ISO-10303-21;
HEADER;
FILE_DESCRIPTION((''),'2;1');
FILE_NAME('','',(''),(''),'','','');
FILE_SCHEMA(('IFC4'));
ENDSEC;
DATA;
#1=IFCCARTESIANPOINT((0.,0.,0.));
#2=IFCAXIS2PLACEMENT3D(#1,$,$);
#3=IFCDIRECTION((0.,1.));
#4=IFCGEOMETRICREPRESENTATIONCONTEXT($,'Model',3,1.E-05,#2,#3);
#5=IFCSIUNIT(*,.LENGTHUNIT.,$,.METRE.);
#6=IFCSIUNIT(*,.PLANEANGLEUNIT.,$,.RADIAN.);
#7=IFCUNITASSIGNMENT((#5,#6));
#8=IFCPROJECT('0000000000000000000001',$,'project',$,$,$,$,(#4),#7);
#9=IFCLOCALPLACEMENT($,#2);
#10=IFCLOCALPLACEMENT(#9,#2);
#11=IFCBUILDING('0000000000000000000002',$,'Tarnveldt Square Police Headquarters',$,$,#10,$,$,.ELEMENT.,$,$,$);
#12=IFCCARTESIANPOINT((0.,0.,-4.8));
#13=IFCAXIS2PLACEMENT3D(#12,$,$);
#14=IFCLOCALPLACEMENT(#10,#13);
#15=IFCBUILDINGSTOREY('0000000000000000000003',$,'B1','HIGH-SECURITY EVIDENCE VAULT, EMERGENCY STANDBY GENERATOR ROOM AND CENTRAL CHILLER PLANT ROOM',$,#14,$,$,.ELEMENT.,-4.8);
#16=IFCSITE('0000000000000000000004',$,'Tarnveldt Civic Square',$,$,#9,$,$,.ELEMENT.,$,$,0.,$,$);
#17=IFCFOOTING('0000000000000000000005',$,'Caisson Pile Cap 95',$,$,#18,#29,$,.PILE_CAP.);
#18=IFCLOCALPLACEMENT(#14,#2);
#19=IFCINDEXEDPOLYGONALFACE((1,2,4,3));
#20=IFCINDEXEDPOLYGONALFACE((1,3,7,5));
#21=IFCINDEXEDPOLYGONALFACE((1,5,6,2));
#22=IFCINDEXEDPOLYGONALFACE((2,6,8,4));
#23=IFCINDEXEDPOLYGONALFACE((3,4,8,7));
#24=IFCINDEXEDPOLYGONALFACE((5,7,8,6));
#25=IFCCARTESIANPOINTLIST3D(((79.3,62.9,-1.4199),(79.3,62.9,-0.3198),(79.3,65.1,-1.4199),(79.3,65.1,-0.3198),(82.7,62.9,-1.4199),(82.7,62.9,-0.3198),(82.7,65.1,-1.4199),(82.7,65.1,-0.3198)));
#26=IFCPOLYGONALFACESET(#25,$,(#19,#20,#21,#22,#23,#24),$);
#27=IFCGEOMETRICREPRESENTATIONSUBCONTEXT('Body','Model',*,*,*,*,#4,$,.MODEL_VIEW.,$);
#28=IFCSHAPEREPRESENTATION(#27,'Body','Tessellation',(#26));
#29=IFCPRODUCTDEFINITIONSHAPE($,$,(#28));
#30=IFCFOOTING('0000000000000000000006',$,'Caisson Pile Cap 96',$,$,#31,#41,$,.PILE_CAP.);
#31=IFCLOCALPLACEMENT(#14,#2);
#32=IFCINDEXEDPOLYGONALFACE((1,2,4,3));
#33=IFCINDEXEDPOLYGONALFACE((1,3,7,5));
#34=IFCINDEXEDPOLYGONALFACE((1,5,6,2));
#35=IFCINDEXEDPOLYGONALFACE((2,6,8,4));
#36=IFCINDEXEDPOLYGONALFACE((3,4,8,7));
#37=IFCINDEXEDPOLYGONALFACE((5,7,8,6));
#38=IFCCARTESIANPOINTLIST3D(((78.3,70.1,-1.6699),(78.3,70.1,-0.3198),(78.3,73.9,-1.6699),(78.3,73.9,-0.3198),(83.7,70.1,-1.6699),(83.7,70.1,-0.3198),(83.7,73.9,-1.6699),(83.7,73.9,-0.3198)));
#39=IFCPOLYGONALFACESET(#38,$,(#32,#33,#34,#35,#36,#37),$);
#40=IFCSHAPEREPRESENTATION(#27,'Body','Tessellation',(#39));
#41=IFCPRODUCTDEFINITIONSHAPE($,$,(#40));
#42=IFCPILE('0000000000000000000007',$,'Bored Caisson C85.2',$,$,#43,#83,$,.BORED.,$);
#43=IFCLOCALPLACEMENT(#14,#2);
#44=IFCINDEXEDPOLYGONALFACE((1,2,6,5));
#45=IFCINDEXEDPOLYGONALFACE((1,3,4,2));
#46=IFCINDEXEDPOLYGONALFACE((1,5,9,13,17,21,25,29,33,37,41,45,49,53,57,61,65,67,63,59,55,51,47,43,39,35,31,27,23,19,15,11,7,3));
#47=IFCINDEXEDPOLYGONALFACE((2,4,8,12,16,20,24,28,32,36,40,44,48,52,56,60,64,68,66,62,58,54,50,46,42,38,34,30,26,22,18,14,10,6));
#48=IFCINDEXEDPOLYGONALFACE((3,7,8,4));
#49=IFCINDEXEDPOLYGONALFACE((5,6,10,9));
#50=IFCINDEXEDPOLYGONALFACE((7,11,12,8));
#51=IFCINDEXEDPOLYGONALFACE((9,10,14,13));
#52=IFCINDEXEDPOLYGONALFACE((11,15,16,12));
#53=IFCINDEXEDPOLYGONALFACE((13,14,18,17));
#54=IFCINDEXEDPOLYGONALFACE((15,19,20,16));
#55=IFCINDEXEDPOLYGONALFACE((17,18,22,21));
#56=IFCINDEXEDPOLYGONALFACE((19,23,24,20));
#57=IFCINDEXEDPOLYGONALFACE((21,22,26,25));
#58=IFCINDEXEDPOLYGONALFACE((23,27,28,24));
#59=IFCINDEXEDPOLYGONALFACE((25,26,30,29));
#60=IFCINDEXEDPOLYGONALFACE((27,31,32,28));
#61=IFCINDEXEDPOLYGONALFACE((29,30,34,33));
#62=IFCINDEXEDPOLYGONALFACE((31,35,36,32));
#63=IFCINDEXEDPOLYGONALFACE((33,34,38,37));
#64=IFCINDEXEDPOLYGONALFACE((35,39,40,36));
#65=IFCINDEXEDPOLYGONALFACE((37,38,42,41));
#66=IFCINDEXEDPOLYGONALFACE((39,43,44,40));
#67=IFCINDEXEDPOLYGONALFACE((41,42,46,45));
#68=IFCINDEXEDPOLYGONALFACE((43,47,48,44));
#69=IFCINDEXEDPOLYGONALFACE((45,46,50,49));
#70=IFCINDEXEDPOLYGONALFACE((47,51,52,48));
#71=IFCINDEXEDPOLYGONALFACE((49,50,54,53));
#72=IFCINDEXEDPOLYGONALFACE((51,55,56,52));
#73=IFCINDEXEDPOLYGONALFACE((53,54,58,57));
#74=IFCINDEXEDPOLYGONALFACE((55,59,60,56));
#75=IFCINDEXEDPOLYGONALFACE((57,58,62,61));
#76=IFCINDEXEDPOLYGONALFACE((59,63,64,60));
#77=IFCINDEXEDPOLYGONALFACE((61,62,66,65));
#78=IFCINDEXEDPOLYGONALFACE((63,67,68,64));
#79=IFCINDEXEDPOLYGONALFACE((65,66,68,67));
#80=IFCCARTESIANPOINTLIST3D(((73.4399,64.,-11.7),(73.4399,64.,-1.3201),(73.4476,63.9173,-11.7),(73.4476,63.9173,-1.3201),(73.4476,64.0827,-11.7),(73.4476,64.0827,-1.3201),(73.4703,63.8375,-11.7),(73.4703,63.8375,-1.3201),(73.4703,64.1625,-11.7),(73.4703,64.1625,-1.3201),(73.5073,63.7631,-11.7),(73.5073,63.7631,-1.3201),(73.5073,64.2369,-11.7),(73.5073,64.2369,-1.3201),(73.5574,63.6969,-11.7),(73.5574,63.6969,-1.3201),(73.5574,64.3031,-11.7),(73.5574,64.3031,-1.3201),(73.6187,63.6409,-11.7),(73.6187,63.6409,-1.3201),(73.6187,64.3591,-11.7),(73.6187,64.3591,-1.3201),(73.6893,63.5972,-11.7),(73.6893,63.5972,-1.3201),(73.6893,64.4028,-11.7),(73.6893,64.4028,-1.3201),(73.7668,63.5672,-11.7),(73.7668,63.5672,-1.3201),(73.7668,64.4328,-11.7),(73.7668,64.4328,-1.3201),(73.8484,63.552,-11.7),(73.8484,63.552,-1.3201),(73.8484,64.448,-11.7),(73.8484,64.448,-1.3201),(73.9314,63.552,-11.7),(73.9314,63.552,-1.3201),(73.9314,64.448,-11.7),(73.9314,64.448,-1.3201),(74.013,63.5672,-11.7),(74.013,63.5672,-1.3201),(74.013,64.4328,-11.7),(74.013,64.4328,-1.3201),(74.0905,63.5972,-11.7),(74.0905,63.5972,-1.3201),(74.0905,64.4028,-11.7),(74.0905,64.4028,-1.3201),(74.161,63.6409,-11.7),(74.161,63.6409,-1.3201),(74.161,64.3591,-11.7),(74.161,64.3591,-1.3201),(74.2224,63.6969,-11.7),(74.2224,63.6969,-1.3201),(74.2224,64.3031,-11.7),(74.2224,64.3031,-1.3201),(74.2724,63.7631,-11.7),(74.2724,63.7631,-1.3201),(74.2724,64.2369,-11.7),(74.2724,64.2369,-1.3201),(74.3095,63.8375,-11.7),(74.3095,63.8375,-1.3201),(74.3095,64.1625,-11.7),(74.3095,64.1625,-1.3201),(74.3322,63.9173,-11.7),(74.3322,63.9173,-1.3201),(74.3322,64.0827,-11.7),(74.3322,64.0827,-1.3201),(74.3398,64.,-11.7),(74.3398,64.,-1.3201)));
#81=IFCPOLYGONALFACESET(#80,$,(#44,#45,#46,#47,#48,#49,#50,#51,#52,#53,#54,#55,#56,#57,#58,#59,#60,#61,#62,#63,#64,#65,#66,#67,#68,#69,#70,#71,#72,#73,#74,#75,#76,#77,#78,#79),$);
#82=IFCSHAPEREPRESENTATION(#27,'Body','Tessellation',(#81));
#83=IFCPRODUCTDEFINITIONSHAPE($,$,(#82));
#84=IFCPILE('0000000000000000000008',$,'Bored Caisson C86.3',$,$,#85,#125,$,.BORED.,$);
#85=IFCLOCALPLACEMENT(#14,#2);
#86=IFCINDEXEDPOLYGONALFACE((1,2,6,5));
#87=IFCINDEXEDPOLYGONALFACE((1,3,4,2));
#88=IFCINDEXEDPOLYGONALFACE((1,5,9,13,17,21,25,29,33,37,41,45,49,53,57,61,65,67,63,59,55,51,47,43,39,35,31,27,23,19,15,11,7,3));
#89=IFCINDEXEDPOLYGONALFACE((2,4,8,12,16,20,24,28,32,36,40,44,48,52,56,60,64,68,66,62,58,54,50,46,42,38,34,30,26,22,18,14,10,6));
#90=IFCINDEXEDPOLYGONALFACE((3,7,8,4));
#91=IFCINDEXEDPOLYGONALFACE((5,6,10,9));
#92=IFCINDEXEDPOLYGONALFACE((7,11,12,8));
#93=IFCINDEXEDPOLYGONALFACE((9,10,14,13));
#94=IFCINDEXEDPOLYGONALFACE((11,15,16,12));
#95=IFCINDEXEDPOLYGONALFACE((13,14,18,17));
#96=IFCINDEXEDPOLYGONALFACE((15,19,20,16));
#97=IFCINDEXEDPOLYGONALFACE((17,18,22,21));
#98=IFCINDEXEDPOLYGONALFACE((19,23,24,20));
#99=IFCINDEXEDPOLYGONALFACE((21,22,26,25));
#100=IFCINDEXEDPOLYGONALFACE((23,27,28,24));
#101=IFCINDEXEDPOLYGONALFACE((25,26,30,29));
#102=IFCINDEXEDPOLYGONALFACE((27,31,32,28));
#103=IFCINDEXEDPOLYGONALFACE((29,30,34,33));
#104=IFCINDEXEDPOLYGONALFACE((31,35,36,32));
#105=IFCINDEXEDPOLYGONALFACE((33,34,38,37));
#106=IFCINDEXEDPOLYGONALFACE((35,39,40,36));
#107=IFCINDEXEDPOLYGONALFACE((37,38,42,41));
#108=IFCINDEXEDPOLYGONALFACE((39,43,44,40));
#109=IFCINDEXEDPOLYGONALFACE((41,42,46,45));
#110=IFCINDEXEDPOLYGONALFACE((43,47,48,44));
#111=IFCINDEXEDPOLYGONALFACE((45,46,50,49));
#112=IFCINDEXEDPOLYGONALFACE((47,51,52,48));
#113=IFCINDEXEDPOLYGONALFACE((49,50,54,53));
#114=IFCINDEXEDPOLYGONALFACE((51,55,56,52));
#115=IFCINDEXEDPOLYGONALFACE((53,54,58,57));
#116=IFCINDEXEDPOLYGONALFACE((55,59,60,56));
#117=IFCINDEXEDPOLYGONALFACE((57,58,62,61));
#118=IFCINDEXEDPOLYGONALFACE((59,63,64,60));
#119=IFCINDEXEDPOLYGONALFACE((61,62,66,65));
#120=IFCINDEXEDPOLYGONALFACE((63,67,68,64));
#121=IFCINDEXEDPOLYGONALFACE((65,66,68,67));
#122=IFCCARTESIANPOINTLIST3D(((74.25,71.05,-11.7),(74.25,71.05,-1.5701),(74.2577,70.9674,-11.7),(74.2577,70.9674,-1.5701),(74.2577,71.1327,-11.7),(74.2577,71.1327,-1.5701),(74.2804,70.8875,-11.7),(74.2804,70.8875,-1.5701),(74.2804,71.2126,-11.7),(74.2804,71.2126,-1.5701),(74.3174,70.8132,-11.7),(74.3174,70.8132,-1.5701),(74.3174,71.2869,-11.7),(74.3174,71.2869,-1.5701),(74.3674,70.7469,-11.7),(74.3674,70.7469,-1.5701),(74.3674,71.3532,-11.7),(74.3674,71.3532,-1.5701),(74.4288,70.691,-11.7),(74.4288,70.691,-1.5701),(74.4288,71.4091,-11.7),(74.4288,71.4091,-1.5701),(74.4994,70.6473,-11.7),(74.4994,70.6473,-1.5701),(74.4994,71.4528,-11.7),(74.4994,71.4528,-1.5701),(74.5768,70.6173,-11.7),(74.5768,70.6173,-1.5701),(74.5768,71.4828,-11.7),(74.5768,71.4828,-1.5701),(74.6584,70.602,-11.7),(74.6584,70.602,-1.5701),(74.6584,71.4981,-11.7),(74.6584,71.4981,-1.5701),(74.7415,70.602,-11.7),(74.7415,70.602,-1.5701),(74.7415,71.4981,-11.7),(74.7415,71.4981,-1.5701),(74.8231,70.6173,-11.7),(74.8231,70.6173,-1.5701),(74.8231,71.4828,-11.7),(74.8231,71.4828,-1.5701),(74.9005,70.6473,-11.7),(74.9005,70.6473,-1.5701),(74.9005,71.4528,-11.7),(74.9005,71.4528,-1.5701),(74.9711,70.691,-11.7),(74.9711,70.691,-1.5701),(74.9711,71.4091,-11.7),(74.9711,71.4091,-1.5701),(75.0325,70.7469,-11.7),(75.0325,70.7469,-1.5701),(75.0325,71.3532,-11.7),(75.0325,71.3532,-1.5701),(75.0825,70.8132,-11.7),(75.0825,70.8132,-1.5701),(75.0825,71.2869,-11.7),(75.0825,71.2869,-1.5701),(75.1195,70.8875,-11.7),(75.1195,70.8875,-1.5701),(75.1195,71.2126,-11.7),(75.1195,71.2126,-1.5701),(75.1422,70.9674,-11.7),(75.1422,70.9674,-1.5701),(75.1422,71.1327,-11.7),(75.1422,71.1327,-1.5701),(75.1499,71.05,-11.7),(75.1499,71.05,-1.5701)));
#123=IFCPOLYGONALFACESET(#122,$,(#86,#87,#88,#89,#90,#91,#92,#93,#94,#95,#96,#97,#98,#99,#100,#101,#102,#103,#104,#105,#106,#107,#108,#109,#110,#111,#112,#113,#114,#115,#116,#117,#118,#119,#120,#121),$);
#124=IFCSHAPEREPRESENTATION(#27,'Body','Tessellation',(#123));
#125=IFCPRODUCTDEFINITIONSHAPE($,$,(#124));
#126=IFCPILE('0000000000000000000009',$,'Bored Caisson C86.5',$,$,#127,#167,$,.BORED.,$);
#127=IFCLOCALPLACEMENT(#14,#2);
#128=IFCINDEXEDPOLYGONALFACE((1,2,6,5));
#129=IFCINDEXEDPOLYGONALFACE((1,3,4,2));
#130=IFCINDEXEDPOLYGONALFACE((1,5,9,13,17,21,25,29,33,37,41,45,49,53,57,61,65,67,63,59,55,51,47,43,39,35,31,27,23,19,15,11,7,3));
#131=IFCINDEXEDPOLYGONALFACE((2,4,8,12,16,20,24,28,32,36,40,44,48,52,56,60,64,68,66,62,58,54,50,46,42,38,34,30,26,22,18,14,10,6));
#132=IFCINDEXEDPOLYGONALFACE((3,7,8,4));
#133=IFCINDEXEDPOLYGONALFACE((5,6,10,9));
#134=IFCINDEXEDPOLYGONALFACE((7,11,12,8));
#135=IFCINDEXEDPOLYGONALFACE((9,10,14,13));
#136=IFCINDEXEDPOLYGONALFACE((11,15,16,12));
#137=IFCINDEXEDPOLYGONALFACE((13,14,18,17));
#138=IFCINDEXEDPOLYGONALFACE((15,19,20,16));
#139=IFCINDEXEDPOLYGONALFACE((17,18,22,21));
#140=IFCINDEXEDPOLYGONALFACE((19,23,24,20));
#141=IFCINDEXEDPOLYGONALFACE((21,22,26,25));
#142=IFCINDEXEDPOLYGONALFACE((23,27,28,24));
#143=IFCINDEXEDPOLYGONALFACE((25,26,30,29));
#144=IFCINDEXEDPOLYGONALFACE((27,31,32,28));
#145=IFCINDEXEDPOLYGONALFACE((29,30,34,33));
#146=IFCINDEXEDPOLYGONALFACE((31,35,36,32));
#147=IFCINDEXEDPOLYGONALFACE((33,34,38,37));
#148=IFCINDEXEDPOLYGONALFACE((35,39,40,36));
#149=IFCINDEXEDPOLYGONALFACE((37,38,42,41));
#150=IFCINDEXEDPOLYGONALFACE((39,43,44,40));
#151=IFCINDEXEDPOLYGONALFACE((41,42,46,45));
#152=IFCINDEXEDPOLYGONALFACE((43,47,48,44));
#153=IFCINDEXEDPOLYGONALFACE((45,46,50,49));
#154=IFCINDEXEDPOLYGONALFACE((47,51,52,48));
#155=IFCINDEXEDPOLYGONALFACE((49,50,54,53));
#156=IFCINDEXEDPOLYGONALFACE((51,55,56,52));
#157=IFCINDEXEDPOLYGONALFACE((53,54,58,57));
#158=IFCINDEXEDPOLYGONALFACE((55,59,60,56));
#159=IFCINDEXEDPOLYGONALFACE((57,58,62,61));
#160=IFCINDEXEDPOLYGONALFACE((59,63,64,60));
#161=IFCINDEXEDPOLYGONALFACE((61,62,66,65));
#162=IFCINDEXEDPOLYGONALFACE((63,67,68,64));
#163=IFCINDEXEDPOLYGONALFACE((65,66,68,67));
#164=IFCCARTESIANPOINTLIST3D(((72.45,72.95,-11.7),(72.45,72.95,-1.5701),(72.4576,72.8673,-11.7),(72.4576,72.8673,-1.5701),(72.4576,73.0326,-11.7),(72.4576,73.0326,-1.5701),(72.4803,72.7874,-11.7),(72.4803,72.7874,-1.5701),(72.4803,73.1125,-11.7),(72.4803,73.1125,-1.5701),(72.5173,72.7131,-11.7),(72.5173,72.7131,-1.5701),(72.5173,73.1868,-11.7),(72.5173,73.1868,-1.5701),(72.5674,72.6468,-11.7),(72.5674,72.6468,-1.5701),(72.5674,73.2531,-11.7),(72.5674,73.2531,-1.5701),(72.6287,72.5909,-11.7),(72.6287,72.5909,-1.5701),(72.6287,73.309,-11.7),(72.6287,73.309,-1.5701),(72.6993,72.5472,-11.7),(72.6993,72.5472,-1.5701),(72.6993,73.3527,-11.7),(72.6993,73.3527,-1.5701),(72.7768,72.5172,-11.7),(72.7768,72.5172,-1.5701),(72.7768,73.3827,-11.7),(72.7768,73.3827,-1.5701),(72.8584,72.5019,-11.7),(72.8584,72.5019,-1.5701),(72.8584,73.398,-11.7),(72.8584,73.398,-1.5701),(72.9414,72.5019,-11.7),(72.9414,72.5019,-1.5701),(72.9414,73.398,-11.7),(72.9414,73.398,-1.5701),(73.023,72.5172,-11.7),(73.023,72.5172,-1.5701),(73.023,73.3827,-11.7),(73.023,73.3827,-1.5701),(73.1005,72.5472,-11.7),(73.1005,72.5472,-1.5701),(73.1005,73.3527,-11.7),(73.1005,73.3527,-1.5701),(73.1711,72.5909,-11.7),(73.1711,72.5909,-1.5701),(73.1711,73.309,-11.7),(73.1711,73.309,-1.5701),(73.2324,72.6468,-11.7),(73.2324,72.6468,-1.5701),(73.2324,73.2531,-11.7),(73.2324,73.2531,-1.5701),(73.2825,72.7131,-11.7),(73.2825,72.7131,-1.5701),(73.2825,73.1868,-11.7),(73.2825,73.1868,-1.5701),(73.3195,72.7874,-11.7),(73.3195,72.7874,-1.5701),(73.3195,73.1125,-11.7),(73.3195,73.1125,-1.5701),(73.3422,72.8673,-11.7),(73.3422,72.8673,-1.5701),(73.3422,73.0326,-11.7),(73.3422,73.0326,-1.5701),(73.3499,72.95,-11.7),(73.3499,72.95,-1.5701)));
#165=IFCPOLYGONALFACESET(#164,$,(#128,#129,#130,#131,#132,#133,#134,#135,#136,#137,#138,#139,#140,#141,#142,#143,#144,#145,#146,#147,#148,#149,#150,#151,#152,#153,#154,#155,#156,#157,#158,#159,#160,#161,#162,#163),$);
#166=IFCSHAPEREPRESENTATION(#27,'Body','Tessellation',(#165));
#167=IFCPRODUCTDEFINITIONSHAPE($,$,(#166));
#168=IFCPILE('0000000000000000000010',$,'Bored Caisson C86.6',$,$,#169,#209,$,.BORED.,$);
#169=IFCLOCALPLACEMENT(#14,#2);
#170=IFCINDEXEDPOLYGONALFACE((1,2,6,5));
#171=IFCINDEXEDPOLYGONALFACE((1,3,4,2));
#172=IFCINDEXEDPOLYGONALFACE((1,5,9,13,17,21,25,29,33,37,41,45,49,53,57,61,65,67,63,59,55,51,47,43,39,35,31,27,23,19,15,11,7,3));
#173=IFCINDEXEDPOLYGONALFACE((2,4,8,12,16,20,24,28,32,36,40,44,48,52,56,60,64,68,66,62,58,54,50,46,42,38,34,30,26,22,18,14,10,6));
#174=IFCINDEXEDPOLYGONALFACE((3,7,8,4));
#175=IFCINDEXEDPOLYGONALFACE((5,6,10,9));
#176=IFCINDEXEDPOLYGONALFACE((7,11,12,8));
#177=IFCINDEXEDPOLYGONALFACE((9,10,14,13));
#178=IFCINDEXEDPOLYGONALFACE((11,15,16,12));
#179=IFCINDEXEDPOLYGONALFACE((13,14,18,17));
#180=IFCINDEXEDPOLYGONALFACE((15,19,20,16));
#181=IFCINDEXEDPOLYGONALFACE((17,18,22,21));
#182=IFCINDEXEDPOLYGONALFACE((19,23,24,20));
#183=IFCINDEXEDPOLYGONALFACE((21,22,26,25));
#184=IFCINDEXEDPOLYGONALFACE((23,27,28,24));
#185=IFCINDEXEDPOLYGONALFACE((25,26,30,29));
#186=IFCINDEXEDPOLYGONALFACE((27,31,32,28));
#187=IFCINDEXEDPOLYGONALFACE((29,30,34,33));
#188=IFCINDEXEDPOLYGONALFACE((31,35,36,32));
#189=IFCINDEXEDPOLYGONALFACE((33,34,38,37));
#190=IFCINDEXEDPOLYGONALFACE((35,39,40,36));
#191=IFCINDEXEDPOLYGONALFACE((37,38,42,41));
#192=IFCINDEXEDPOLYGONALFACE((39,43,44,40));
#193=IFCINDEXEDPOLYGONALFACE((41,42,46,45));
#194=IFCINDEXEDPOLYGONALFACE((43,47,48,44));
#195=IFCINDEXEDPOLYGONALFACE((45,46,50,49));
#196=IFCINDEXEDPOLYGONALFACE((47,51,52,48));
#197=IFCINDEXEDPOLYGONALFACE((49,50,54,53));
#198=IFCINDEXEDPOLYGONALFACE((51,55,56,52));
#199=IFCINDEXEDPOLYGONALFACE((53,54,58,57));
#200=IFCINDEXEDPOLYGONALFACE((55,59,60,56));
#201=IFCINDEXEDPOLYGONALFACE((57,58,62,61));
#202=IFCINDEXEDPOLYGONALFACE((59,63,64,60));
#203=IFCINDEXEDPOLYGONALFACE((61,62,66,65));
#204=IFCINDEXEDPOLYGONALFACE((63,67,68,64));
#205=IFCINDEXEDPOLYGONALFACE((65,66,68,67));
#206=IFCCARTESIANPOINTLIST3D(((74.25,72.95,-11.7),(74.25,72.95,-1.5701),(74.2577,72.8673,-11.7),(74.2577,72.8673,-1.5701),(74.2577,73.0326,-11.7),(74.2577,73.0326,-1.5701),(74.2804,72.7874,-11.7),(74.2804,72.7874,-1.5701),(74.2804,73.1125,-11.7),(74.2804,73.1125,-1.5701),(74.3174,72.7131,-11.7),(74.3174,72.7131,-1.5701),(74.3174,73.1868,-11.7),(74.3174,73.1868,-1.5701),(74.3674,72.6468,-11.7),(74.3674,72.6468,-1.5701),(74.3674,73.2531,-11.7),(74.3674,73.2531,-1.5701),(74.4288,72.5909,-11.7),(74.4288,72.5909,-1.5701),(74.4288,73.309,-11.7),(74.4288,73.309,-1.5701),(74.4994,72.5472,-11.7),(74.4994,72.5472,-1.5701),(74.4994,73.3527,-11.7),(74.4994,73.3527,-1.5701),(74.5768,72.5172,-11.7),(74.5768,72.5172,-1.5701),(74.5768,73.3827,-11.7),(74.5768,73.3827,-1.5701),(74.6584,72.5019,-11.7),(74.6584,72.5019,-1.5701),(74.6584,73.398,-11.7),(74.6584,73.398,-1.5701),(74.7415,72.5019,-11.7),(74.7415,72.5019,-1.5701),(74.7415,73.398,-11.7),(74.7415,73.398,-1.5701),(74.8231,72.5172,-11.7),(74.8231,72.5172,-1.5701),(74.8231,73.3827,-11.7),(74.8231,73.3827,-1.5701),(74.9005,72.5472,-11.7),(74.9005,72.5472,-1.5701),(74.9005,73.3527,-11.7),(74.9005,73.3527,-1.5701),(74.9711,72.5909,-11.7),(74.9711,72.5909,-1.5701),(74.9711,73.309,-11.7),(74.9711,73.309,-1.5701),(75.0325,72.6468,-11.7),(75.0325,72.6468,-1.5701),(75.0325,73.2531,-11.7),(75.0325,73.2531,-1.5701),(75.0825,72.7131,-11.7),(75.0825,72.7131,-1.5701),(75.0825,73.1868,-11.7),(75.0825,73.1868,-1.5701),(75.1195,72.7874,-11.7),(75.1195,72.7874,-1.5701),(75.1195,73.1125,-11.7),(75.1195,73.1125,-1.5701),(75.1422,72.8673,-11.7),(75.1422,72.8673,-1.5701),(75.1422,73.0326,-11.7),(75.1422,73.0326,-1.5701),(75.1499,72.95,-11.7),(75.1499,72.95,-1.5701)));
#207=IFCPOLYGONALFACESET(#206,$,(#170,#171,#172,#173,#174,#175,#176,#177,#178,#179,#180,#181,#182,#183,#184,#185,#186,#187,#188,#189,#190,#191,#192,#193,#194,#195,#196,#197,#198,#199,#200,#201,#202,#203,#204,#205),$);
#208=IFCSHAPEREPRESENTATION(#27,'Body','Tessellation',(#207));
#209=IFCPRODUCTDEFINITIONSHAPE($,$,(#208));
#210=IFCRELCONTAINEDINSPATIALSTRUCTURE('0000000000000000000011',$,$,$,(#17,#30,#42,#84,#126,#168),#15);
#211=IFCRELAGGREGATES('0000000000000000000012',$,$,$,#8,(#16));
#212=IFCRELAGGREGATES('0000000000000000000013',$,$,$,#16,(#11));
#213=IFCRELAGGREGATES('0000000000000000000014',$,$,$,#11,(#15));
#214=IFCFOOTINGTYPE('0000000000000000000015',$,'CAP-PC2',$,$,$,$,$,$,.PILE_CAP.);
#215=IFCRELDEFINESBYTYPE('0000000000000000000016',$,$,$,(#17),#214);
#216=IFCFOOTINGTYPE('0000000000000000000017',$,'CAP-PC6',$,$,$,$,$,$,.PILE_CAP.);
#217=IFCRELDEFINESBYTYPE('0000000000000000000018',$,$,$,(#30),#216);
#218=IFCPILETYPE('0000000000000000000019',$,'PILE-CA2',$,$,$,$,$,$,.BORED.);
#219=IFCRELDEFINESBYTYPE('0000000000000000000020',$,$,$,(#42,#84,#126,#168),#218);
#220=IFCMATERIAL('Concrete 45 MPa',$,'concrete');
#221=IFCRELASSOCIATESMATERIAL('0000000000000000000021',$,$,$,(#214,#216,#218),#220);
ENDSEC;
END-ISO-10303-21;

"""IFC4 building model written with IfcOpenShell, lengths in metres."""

from ifc_helpers import new_model, si_unit, direction, frame, origin, origin_2d, place, context, subcontext, project, spatial, rectangle, circle, extrude, material, material_profile, profile_set, type_object, element, save


model = new_model("IFC4")

# Units and contexts
model_context = context("Model", 3, precision=1e-05, world=origin(), true_north=direction((0.0, 1.0)))
body_context = subcontext(model_context, "Body", "Model", "MODEL_VIEW")
ifc_project = project(units=[si_unit("LENGTHUNIT", "METRE"), si_unit("PLANEANGLEUNIT", "RADIAN")], contexts=[model_context])

# Site, building, storey
site_placement = place(None, origin())
site = spatial("IfcSite", under=ifc_project, at=site_placement, Name="Tarnveldt Civic Square", CompositionType="ELEMENT", RefElevation=0.0)
building_placement = place(site_placement, origin())
building = spatial("IfcBuilding", under=site, at=building_placement, Name="Tarnveldt Square Police Headquarters", CompositionType="ELEMENT")
storey_placement = place(building_placement, frame((0.0, 0.0, -4.8)))
storey = spatial("IfcBuildingStorey", under=building, at=storey_placement, Name="B1", Description="HIGH-SECURITY EVIDENCE VAULT, EMERGENCY STANDBY GENERATOR ROOM AND CENTRAL CHILLER PLANT ROOM", CompositionType="ELEMENT", Elevation=-4.8)

# Footings
ifc_material_1 = material(Name="Concrete 45 MPa", Category="concrete")
footing_type_1 = type_object("IfcFootingType", Name="CAP-PC2", PredefinedType="PILE_CAP", material=ifc_material_1)
footing_1_placement = place(storey_placement, frame((81.0, 64.0, -1.4199), z_axis=(0.0, 0.0, 1.0), x_axis=(1.0, 0.0, 0.0)))
element("IfcFooting", 1, at=footing_1_placement, inside=storey, type_object=footing_type_1, Name="Caisson Pile Cap 95", PredefinedType="PILE_CAP", context=body_context, shape_type="SweptSolid", body=[
    extrude(rectangle(XDim=3.3999, YDim=2.2, at=origin_2d()), origin(), (0.0, 0.0, 1.0), 1.1001),
])
footing_type_2 = type_object("IfcFootingType", Name="CAP-PC6", PredefinedType="PILE_CAP", material=ifc_material_1)
footing_2_placement = place(storey_placement, frame((81.0, 72.0, -1.6699), z_axis=(0.0, 0.0, 1.0), x_axis=(1.0, 0.0, 0.0)))
element("IfcFooting", 2, at=footing_2_placement, inside=storey, type_object=footing_type_2, Name="Caisson Pile Cap 96", PredefinedType="PILE_CAP", context=body_context, shape_type="SweptSolid", body=[
    extrude(rectangle(XDim=5.3999, YDim=3.8, at=origin_2d()), origin(), (0.0, 0.0, 1.0), 1.3501),
])

# Piles
ifc_material_profile_1 = material_profile(ifc_material_1, circle(Radius=0.45, at=origin_2d()), Name="CAISSON-D900")
ifc_profile_set_1 = profile_set([ifc_material_profile_1], Name="Concrete 45 MPa")
pile_type = type_object("IfcPileType", Name="PILE-CA2", PredefinedType="BORED", material=ifc_profile_set_1)
pile_placement = place(storey_placement, frame((73.8899, 64.0, -1.3201), z_axis=(0.0, 0.0, -1.0), x_axis=(1.0, 0.0, 0.0)))
element("IfcPile", 3, at=pile_placement, inside=storey, type_object=pile_type, Name="Bored Caisson C85.2", PredefinedType="BORED", context=body_context, shape_type="SweptSolid", body=[
    extrude(circle(Radius=0.45, at=origin_2d()), origin(), (0.0, 0.0, 1.0), 10.3799),
])
for number, where, z_axis, x_axis, name in (
    (4, (74.7, 71.05, -1.5701), (0.0, 0.0, -1.0), (1.0, 0.0, 0.0), "Bored Caisson C86.3"),
    (5, (72.8999, 72.95, -1.5701), (0.0, 0.0, -1.0), (1.0, 0.0, 0.0), "Bored Caisson C86.5"),
    (6, (74.7, 72.95, -1.5701), (0.0, 0.0, -1.0), (1.0, 0.0, 0.0), "Bored Caisson C86.6"),
):
    element("IfcPile", number, at=place(storey_placement, frame(where, z_axis=z_axis, x_axis=x_axis)), inside=storey, type_object=pile_type, Name=name, PredefinedType="BORED", context=body_context, shape_type="SweptSolid", body=[
        extrude(circle(Radius=0.45, at=origin_2d()), origin(), (0.0, 0.0, 1.0), 10.1299),
    ])

save(model, "model.ifc")
